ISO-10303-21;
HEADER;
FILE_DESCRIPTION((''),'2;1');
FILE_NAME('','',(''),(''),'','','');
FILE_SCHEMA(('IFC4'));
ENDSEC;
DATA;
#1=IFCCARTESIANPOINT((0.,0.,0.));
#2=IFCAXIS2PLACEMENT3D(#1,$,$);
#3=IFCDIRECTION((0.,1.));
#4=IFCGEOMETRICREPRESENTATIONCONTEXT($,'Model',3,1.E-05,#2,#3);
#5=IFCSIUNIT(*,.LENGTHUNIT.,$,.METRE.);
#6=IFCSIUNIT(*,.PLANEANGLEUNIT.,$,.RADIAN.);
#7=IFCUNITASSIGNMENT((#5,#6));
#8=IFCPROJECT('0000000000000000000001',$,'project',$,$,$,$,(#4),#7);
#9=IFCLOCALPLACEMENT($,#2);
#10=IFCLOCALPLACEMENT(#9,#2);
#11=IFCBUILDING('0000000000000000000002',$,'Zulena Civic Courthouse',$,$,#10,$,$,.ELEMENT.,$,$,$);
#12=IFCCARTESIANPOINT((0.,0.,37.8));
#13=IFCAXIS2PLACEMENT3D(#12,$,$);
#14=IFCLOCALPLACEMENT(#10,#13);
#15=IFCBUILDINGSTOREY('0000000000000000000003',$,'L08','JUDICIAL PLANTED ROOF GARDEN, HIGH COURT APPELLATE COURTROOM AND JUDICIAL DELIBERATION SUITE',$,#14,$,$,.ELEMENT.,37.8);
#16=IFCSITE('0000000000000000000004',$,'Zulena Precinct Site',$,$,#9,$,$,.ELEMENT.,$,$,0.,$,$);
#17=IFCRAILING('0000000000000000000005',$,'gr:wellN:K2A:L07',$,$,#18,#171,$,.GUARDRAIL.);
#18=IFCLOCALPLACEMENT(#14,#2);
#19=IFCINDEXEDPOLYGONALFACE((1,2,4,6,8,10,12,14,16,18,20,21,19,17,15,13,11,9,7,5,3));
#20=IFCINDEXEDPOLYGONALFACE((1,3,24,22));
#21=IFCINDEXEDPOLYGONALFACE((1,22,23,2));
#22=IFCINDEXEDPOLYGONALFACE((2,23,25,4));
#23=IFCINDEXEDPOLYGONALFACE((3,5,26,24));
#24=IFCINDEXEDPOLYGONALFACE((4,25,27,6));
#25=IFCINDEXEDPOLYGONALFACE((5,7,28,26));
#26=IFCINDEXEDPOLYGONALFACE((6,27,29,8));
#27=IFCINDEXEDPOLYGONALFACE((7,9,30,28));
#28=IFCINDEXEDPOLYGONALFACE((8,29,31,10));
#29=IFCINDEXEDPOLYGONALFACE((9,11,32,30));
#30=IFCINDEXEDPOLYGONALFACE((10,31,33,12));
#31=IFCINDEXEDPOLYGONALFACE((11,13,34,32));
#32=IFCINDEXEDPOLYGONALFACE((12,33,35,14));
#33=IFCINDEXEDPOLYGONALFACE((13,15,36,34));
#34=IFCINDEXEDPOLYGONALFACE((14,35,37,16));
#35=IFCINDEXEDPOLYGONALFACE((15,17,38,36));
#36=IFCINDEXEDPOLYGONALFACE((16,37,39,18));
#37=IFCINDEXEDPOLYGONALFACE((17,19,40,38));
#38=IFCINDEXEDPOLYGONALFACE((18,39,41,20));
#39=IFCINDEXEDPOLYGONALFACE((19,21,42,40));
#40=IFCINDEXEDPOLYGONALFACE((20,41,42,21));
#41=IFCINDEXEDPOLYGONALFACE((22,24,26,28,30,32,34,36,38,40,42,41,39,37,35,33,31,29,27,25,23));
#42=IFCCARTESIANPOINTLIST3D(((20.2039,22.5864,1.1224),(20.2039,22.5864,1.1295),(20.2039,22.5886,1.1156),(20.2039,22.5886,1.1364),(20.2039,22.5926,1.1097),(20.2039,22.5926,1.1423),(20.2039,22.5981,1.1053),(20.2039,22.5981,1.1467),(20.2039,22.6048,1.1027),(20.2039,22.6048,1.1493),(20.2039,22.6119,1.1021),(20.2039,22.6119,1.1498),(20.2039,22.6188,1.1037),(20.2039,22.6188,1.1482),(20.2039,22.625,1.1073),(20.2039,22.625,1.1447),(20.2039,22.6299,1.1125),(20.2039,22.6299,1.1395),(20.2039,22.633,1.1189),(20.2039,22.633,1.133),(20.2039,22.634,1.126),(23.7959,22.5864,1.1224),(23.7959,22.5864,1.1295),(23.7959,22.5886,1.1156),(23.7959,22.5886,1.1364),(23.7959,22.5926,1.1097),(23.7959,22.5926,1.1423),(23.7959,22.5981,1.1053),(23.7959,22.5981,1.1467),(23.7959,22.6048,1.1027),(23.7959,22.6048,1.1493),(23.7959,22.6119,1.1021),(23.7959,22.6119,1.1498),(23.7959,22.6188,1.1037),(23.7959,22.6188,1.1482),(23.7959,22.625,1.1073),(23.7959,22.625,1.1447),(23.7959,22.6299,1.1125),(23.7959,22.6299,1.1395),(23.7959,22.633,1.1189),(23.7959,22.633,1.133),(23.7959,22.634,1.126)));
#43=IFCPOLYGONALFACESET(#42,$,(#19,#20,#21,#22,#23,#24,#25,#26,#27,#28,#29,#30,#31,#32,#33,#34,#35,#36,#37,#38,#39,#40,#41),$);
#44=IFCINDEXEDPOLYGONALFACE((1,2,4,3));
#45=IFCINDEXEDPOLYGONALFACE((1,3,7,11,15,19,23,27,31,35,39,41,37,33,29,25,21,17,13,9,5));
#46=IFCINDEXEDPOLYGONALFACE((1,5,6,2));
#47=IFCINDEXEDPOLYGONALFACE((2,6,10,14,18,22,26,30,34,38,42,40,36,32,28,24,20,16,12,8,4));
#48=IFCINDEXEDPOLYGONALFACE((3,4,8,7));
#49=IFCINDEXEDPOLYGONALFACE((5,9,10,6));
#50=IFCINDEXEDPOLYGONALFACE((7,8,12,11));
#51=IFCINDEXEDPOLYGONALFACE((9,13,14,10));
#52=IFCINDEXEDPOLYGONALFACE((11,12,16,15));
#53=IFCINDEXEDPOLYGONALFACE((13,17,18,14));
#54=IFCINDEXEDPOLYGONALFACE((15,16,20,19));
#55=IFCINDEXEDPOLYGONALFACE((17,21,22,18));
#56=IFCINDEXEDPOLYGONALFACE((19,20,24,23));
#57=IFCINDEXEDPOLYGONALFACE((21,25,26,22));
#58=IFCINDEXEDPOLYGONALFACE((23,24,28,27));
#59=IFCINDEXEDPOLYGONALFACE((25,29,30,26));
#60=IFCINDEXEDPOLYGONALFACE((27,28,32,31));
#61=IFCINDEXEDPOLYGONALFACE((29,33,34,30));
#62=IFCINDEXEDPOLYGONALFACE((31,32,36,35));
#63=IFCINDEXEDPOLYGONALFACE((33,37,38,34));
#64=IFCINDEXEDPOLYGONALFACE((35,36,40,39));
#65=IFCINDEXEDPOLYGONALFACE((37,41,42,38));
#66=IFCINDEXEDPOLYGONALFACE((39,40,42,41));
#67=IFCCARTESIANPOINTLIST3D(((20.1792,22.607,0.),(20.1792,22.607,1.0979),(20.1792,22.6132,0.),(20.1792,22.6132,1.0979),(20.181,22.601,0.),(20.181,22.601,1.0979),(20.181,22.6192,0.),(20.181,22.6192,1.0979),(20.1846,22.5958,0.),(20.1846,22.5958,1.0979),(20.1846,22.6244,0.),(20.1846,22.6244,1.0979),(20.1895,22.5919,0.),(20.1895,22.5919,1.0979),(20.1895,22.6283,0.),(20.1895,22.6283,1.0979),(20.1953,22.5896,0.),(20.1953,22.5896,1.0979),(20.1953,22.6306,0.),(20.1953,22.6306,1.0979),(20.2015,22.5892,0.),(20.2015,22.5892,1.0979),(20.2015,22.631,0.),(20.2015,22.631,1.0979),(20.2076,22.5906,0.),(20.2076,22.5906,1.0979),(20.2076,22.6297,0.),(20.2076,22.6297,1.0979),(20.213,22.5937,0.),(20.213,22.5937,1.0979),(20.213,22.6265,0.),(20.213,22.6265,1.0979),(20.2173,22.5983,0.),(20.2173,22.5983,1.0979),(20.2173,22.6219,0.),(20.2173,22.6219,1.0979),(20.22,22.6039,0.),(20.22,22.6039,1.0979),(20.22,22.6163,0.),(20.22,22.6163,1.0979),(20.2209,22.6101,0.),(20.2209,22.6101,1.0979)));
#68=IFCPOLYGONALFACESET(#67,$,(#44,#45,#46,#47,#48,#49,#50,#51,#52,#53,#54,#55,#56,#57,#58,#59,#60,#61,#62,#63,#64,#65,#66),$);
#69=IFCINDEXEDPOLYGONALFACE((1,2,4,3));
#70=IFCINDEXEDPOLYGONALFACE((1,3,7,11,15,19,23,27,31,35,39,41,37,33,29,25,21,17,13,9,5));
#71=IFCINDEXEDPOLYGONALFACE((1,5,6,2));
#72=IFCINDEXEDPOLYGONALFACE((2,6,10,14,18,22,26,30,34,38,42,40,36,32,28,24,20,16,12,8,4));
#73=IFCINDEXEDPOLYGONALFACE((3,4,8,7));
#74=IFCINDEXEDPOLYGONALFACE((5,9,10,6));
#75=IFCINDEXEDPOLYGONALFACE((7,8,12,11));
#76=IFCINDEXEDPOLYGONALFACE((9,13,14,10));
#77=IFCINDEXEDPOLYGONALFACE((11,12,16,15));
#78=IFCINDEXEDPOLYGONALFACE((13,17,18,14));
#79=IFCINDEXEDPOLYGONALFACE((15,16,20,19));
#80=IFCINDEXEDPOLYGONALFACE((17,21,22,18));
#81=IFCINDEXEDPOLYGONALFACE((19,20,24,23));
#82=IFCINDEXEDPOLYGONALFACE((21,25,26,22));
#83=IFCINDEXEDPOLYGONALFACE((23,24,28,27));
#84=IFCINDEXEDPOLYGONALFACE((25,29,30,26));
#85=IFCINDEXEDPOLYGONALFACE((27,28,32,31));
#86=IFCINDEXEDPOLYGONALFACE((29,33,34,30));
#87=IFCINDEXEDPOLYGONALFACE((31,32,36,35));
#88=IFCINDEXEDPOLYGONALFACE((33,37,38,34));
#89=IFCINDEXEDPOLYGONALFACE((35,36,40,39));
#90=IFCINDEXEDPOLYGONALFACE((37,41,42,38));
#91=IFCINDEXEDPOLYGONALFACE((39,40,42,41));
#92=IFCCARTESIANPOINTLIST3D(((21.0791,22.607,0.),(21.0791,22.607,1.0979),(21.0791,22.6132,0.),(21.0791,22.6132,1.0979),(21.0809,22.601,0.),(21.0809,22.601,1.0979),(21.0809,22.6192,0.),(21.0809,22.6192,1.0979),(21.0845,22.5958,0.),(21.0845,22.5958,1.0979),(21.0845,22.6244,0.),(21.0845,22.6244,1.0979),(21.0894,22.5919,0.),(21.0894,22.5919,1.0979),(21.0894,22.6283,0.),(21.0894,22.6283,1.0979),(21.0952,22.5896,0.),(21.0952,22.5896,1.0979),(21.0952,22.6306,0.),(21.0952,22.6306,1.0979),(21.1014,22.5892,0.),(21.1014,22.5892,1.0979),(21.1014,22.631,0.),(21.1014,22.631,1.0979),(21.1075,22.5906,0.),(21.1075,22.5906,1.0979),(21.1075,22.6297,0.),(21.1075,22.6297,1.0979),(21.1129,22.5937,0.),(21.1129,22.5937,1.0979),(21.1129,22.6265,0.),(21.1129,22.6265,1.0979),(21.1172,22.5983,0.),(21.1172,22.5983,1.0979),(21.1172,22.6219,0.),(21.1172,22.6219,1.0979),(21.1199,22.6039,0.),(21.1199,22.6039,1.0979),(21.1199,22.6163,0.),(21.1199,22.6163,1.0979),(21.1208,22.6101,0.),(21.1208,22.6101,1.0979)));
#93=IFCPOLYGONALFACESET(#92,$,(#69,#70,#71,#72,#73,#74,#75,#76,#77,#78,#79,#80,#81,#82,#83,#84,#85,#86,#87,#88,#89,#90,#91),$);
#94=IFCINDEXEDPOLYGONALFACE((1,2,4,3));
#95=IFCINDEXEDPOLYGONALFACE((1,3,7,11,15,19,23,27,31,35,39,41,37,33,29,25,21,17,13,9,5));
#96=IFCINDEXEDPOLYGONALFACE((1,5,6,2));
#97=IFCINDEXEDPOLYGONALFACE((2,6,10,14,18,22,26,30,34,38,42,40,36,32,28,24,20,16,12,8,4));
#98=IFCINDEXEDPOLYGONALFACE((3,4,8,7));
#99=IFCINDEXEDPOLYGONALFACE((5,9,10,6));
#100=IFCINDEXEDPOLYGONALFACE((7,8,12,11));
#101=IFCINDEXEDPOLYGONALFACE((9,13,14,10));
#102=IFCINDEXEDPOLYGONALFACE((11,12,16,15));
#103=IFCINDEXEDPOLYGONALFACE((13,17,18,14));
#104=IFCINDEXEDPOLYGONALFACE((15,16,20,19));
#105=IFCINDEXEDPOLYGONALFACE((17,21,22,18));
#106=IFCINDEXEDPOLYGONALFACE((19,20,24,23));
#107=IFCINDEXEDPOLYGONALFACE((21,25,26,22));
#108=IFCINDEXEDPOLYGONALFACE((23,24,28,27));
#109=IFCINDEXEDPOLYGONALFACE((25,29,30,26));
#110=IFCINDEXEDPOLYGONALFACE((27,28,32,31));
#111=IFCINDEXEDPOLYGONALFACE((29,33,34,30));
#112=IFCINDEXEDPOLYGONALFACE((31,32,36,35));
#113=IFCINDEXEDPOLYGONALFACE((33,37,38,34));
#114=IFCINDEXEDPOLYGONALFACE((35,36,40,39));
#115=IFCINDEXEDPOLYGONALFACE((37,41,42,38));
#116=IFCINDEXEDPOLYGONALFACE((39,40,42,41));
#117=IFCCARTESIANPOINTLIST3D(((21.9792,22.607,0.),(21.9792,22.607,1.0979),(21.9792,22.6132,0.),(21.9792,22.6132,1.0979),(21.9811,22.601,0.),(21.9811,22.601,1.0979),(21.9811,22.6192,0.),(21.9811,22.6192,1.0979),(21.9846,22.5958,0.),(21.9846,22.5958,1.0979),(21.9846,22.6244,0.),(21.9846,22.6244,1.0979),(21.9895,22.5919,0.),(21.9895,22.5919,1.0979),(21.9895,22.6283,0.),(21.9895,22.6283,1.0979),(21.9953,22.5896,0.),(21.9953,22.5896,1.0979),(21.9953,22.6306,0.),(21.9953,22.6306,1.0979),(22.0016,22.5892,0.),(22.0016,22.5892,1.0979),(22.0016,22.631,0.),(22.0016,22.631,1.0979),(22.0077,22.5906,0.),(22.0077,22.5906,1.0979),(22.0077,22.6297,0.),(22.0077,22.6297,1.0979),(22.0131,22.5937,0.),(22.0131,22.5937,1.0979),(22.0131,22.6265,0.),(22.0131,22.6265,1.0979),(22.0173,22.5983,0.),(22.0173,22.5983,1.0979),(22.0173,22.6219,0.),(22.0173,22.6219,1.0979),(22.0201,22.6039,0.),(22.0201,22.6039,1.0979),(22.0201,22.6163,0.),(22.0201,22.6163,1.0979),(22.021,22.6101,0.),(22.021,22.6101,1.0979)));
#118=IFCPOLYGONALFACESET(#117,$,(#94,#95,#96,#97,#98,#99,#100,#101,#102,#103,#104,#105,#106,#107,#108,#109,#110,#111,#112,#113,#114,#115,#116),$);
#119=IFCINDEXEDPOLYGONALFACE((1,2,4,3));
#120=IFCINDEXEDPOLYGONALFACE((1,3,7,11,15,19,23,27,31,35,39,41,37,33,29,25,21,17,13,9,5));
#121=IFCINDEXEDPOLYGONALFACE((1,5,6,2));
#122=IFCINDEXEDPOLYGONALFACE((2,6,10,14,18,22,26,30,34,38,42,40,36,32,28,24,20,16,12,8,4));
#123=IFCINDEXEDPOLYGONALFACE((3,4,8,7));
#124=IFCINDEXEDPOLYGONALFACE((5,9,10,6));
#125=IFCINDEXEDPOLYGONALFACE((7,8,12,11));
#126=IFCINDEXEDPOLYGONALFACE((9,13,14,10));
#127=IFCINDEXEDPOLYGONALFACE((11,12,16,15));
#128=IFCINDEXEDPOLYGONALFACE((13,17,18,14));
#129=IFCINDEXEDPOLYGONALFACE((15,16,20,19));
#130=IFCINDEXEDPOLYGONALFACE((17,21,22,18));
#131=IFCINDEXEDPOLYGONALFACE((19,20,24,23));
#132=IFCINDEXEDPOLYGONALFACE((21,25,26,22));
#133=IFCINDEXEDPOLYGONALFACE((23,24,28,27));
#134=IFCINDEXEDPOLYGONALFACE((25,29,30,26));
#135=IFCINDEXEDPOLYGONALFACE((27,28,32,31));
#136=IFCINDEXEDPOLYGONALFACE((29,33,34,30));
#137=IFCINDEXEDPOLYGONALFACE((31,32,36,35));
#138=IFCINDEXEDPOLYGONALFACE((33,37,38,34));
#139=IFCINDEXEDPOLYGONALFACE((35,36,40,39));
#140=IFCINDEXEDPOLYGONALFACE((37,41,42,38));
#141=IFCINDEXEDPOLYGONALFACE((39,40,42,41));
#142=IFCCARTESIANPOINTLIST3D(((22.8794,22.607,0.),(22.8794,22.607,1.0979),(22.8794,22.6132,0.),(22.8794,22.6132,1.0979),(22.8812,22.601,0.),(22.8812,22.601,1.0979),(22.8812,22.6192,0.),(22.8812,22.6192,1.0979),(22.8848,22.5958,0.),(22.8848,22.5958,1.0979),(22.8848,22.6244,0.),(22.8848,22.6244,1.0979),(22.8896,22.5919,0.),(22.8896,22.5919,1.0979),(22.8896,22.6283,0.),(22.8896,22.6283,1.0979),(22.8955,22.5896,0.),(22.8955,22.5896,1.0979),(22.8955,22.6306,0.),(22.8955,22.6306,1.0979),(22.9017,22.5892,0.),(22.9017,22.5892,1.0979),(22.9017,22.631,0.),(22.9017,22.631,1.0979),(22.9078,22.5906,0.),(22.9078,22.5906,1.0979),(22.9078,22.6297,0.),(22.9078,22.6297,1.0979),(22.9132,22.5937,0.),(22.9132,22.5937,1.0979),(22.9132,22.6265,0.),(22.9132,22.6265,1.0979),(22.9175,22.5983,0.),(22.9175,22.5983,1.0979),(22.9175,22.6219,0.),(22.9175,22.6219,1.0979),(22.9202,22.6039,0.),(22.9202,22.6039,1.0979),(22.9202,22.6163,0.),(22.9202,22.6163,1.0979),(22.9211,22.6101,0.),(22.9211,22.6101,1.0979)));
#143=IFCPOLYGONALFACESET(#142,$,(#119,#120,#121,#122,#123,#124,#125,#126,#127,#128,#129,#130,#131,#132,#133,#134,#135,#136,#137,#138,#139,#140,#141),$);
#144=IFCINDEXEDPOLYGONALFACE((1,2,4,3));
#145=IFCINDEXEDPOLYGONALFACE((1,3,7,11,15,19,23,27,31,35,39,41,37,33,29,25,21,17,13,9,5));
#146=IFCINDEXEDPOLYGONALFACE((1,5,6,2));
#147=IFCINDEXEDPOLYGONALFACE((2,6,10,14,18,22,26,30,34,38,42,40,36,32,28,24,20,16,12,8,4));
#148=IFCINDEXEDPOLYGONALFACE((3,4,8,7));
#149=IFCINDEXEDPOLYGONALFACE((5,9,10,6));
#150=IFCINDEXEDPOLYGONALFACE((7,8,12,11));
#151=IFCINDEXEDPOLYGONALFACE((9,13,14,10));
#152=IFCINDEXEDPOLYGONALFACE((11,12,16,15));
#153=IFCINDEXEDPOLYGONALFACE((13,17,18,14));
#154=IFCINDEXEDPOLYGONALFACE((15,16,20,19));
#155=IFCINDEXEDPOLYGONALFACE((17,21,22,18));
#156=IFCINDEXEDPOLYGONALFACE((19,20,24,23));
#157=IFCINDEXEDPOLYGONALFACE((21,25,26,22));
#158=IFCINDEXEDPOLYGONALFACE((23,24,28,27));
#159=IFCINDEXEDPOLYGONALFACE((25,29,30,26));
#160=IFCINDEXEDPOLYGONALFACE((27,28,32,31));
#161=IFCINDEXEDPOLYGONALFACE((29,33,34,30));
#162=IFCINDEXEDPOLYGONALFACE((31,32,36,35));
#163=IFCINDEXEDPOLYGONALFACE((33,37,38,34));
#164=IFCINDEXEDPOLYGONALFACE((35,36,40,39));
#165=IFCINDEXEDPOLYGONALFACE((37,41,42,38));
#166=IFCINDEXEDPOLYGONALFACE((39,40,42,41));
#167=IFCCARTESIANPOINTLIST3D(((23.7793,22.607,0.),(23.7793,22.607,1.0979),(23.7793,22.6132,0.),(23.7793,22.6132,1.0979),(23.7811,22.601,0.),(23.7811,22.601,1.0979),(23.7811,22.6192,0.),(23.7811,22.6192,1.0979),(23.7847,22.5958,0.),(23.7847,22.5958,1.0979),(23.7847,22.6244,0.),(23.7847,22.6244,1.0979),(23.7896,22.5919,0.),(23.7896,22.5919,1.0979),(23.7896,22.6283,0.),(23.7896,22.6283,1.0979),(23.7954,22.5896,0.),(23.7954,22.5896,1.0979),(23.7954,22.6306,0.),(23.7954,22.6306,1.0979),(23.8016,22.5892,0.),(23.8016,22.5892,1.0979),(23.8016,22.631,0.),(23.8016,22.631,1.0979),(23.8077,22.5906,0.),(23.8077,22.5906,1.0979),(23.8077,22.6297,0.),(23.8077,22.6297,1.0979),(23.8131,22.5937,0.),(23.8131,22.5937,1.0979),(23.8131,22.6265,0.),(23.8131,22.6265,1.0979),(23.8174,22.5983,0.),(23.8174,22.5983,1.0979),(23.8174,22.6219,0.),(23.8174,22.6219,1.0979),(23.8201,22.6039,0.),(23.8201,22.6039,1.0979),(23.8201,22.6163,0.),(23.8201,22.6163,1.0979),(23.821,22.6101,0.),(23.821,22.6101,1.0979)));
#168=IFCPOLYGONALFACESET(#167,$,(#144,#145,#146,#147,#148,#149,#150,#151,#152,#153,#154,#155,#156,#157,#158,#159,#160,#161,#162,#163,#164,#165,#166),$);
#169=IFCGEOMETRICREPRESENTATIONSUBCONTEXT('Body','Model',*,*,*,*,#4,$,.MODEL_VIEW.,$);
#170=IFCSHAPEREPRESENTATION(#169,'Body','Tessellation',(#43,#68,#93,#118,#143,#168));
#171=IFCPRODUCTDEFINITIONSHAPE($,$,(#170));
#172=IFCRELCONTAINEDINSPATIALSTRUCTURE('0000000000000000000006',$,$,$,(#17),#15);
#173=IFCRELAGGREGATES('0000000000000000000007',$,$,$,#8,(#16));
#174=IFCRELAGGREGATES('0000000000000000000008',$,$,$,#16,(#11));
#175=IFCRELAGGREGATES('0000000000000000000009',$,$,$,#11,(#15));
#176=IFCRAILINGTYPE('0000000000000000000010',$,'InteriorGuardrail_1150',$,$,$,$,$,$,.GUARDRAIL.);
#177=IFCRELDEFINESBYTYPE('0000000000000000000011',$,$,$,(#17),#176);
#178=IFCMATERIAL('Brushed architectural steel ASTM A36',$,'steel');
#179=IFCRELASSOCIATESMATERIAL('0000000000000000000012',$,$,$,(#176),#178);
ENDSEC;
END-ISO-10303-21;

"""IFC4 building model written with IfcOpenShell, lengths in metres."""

from ifc_helpers import new_model, si_unit, direction, frame, origin, origin_2d, place, context, subcontext, project, spatial, circle, extrude, material, type_object, element, save


model = new_model("IFC4")

# Units and contexts
model_context = context("Model", 3, precision=1e-05, world=origin(), true_north=direction((0.0, 1.0)))
body_context = subcontext(model_context, "Body", "Model", "MODEL_VIEW")
ifc_project = project(units=[si_unit("LENGTHUNIT", "METRE"), si_unit("PLANEANGLEUNIT", "RADIAN")], contexts=[model_context])

# Site, building, storey
site_placement = place(None, origin())
site = spatial("IfcSite", under=ifc_project, at=site_placement, Name="Zulena Precinct Site", CompositionType="ELEMENT", RefElevation=0.0)
building_placement = place(site_placement, origin())
building = spatial("IfcBuilding", under=site, at=building_placement, Name="Zulena Civic Courthouse", CompositionType="ELEMENT")
storey_placement = place(building_placement, frame((0.0, 0.0, 37.8)))
storey = spatial("IfcBuildingStorey", under=building, at=storey_placement, Name="L08", Description="JUDICIAL PLANTED ROOF GARDEN, HIGH COURT APPELLATE COURTROOM AND JUDICIAL DELIBERATION SUITE", CompositionType="ELEMENT", Elevation=37.8)

# Railing
ifc_material_1 = material(Name="Brushed architectural steel ASTM A36", Category="steel")
railing_type = type_object("IfcRailingType", Name="InteriorGuardrail_1150", PredefinedType="GUARDRAIL", material=ifc_material_1)
railing_placement = place(storey_placement, frame((20.2, 22.6101, 0.0)))
element("IfcRailing", 1, at=railing_placement, inside=storey, type_object=railing_type, Name="gr:wellN:K2A:L07", PredefinedType="GUARDRAIL", context=body_context, shape_type="SweptSolid", body=[
    extrude(circle(Radius=0.0239, at=origin_2d()), frame((0.0039, 0.0, 1.126), z_axis=(1.0, 0.0, 0.0), x_axis=(0.0, 1.0, 0.0)), (0.0, 0.0, 1.0), 3.592),
    extrude(circle(Radius=0.021, at=origin_2d()), origin(), (0.0, 0.0, 1.0), 1.0979),
    extrude(circle(Radius=0.021, at=origin_2d()), frame((0.8999, 0.0, 0.0)), (0.0, 0.0, 1.0), 1.0979),
    extrude(circle(Radius=0.021, at=origin_2d()), frame((1.8, 0.0, 0.0)), (0.0, 0.0, 1.0), 1.0979),
    extrude(circle(Radius=0.021, at=origin_2d()), frame((2.7002, 0.0, 0.0)), (0.0, 0.0, 1.0), 1.0979),
    extrude(circle(Radius=0.021, at=origin_2d()), frame((3.6001, 0.0, 0.0)), (0.0, 0.0, 1.0), 1.0979),
])

save(model, "model.ifc")
